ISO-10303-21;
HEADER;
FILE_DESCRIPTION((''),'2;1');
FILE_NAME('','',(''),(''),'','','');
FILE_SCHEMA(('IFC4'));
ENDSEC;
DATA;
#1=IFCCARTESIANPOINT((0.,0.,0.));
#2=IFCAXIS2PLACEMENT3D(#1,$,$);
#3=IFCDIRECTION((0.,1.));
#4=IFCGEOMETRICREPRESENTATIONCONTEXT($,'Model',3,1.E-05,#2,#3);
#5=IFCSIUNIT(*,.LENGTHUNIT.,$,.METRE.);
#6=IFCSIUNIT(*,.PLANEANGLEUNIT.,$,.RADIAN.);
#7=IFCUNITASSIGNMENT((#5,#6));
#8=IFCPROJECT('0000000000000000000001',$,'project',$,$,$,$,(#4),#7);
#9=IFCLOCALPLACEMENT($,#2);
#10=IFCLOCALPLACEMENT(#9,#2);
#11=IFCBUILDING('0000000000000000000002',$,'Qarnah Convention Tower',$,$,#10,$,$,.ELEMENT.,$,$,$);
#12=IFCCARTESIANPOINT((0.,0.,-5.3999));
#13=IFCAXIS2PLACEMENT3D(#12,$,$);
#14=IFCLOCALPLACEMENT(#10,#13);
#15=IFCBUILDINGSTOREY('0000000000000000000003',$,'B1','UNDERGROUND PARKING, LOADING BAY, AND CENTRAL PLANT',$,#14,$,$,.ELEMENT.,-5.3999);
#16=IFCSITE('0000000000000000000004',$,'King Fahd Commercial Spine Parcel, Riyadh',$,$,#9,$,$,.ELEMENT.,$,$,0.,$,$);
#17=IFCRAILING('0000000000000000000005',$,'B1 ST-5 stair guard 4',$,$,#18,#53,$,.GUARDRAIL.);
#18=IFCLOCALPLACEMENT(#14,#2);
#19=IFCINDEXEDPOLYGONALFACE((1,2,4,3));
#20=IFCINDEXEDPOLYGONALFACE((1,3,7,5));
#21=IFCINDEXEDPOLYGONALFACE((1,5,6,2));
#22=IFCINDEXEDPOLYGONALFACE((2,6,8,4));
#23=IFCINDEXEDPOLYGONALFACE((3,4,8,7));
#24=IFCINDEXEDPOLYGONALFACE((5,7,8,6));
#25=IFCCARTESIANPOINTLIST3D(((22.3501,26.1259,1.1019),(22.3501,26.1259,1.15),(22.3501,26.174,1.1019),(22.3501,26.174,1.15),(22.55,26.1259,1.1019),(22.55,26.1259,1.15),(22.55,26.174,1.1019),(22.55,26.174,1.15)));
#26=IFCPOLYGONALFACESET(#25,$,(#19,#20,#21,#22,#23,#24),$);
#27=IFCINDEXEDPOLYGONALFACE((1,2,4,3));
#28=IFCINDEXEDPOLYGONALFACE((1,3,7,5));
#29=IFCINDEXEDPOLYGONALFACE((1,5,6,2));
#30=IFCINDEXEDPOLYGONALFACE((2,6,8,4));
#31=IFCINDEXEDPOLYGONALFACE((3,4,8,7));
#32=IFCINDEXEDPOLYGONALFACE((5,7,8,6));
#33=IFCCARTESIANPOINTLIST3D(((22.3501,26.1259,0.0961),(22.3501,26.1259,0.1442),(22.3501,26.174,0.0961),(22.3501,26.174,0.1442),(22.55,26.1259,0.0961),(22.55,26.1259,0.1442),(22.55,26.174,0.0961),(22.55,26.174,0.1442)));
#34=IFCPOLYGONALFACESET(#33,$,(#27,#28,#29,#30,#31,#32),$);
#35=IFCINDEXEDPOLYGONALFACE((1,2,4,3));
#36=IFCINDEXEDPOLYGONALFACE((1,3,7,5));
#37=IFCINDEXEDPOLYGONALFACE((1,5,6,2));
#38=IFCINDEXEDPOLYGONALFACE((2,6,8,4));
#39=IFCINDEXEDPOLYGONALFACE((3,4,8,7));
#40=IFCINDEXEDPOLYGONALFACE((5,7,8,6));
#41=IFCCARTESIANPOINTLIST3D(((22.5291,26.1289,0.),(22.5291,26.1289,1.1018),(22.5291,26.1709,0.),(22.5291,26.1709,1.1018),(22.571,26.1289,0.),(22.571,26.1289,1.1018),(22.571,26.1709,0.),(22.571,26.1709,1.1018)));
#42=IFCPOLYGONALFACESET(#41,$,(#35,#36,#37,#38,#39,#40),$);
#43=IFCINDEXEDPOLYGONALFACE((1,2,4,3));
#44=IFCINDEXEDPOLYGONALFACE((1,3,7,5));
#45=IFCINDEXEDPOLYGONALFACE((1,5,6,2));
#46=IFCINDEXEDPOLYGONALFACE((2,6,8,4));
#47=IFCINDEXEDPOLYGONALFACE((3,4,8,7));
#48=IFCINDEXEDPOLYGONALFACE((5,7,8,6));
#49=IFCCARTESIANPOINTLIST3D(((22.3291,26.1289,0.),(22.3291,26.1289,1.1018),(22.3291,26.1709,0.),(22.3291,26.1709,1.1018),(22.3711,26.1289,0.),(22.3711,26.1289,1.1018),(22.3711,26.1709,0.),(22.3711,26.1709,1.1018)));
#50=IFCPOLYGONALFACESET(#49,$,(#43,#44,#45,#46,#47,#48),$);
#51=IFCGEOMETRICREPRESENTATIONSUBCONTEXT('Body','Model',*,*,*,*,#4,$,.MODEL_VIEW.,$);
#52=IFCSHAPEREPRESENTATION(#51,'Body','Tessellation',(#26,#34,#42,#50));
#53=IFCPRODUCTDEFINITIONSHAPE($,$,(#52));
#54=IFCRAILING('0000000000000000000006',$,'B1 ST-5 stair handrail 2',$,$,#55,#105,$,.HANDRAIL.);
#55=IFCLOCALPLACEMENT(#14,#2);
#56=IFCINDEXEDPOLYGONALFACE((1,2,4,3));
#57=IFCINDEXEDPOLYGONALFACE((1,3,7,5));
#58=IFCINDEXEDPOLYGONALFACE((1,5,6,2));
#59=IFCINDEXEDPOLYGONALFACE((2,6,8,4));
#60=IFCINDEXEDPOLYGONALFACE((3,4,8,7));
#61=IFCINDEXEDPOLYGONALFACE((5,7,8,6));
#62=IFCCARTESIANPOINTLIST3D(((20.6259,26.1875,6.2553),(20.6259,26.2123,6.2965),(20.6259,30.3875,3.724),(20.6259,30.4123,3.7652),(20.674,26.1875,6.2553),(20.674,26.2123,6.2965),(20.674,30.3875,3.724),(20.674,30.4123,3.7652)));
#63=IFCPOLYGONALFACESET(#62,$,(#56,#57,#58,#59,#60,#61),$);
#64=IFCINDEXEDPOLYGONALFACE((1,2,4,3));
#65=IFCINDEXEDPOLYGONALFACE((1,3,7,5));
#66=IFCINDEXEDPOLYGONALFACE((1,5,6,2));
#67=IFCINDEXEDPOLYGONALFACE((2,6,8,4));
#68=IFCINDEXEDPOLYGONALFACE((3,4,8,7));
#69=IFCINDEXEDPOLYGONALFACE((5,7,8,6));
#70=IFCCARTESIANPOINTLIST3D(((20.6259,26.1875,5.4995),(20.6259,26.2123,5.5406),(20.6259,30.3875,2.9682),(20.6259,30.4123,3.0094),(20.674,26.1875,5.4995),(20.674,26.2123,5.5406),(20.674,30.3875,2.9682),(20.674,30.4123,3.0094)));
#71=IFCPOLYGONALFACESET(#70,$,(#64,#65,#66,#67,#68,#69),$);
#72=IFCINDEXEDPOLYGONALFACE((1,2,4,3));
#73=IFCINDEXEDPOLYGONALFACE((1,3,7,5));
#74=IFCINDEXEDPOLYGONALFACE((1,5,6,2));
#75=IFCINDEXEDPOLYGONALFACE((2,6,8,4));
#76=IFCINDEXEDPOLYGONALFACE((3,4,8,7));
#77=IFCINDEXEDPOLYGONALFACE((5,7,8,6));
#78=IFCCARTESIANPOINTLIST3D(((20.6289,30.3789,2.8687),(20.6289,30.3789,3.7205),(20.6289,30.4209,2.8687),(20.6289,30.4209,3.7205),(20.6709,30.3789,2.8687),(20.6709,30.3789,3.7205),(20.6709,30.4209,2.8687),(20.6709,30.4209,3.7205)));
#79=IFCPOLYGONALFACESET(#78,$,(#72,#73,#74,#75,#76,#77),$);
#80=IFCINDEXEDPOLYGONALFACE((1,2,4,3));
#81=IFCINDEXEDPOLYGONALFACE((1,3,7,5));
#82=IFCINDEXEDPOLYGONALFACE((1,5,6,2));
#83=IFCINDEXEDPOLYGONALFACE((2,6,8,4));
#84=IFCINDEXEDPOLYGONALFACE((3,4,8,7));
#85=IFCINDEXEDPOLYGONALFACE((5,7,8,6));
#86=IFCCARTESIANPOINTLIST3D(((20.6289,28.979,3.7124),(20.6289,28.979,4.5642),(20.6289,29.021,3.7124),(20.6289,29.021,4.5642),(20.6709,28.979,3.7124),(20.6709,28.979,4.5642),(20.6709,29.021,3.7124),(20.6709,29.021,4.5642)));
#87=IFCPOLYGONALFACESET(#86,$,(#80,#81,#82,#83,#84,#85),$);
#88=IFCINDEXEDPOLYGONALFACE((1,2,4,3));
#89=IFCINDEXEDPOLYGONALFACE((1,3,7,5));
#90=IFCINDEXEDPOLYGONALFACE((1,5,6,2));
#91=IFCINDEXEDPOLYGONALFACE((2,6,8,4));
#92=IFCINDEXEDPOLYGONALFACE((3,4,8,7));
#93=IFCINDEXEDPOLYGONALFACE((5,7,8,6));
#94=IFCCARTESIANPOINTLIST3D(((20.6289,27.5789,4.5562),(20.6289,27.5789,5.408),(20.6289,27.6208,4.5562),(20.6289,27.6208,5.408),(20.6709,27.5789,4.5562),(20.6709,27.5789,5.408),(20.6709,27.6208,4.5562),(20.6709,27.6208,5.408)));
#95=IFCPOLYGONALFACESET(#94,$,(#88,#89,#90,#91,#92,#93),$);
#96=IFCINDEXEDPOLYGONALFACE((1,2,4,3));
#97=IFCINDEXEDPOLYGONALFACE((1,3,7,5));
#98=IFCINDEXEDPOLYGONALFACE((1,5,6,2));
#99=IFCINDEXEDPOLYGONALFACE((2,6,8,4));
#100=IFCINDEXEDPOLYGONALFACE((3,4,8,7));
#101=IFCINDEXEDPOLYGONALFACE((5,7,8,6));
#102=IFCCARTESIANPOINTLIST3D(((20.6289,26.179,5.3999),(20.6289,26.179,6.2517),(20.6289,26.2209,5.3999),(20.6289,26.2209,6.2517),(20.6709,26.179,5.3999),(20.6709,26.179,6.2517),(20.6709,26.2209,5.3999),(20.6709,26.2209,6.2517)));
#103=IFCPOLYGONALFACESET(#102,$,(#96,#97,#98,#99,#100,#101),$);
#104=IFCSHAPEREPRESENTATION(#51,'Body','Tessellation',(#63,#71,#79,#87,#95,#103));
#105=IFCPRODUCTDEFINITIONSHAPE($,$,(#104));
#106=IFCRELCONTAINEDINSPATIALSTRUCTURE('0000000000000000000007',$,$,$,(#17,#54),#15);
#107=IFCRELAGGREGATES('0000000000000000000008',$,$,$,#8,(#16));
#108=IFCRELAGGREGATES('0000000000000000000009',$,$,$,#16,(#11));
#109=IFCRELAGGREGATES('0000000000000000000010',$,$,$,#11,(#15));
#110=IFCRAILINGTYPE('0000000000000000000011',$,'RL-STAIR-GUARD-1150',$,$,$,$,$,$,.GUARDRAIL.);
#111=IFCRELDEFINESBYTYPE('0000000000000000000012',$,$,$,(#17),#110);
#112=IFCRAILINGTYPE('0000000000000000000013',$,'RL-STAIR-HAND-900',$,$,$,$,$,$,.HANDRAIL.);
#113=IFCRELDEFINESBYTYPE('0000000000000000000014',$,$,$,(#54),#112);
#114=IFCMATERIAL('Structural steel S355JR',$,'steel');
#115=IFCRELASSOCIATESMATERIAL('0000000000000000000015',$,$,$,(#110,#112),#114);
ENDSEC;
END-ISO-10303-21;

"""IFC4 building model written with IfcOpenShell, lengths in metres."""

from ifc_helpers import new_model, si_unit, direction, frame, origin, origin_2d, place, context, subcontext, project, spatial, rectangle, extrude, material, type_object, element, save


model = new_model("IFC4")

# Units and contexts
model_context = context("Model", 3, precision=1e-05, world=origin(), true_north=direction((0.0, 1.0)))
body_context = subcontext(model_context, "Body", "Model", "MODEL_VIEW")
ifc_project = project(units=[si_unit("LENGTHUNIT", "METRE"), si_unit("PLANEANGLEUNIT", "RADIAN")], contexts=[model_context])

# Site, building, storey
site_placement = place(None, origin())
site = spatial("IfcSite", under=ifc_project, at=site_placement, Name="King Fahd Commercial Spine Parcel, Riyadh", CompositionType="ELEMENT", RefElevation=0.0)
building_placement = place(site_placement, origin())
building = spatial("IfcBuilding", under=site, at=building_placement, Name="Qarnah Convention Tower", CompositionType="ELEMENT")
storey_placement = place(building_placement, frame((0.0, 0.0, -5.3999)))
storey = spatial("IfcBuildingStorey", under=building, at=storey_placement, Name="B1", Description="UNDERGROUND PARKING, LOADING BAY, AND CENTRAL PLANT", CompositionType="ELEMENT", Elevation=-5.3999)

# Shared definitions
ifc_material_1 = material(Name="Structural steel S355JR", Category="steel")

# Railings
railing_type_1 = type_object("IfcRailingType", Name="RL-STAIR-GUARD-1150", PredefinedType="GUARDRAIL", material=ifc_material_1)
railing_1_placement = place(storey_placement, frame((22.55, 26.1499, 0.0)))
element("IfcRailing", 1, at=railing_1_placement, inside=storey, type_object=railing_type_1, Name="B1 ST-5 stair guard 4", PredefinedType="GUARDRAIL", context=body_context, shape_type="SweptSolid", body=[
    extrude(rectangle(XDim=0.0481, YDim=0.0481, at=origin_2d()), frame((0.0, 0.0, 1.126), z_axis=(-1.0, 0.0, 0.0), x_axis=(0.0, -1.0, 0.0)), (0.0, 0.0, 1.0), 0.2),
    extrude(rectangle(XDim=0.0481, YDim=0.0481, at=origin_2d()), frame((0.0, 0.0, 0.1201), z_axis=(-1.0, 0.0, 0.0), x_axis=(0.0, -1.0, 0.0)), (0.0, 0.0, 1.0), 0.2),
    extrude(rectangle(XDim=0.042, YDim=0.042, at=origin_2d()), origin(), (0.0, 0.0, 1.0), 1.1018),
    extrude(rectangle(XDim=0.042, YDim=0.042, at=origin_2d()), frame((-0.2, 0.0, 0.0)), (0.0, 0.0, 1.0), 1.1018),
])
railing_type_2 = type_object("IfcRailingType", Name="RL-STAIR-HAND-900", PredefinedType="HANDRAIL", material=ifc_material_1)
railing_2_placement = place(storey_placement, frame((20.6499, 30.3999, 2.8687)))
element("IfcRailing", 2, at=railing_2_placement, inside=storey, type_object=railing_type_2, Name="B1 ST-5 stair handrail 2", PredefinedType="HANDRAIL", context=body_context, shape_type="SweptSolid", body=[
    extrude(rectangle(XDim=0.0481, YDim=0.0481, at=origin_2d()), frame((0.0, 0.0, 0.876), z_axis=(0.0, -0.856476, 0.516186), x_axis=(1.0, 0.0, 0.0)), (0.0, 0.0, 1.0), 4.9038),
    extrude(rectangle(XDim=0.0481, YDim=0.0481, at=origin_2d()), frame((0.0, 0.0, 0.1201), z_axis=(0.0, -0.856476, 0.516186), x_axis=(1.0, 0.0, 0.0)), (0.0, 0.0, 1.0), 4.9038),
    extrude(rectangle(XDim=0.042, YDim=0.042, at=origin_2d()), origin(), (0.0, 0.0, 1.0), 0.8518),
    extrude(rectangle(XDim=0.042, YDim=0.042, at=origin_2d()), frame((0.0, -1.3999, 0.8438)), (0.0, 0.0, 1.0), 0.8518),
    extrude(rectangle(XDim=0.042, YDim=0.042, at=origin_2d()), frame((0.0, -2.8, 1.6875)), (0.0, 0.0, 1.0), 0.8518),
    extrude(rectangle(XDim=0.042, YDim=0.042, at=origin_2d()), frame((0.0, -4.2, 2.5312)), (0.0, 0.0, 1.0), 0.8518),
])

save(model, "model.ifc")
